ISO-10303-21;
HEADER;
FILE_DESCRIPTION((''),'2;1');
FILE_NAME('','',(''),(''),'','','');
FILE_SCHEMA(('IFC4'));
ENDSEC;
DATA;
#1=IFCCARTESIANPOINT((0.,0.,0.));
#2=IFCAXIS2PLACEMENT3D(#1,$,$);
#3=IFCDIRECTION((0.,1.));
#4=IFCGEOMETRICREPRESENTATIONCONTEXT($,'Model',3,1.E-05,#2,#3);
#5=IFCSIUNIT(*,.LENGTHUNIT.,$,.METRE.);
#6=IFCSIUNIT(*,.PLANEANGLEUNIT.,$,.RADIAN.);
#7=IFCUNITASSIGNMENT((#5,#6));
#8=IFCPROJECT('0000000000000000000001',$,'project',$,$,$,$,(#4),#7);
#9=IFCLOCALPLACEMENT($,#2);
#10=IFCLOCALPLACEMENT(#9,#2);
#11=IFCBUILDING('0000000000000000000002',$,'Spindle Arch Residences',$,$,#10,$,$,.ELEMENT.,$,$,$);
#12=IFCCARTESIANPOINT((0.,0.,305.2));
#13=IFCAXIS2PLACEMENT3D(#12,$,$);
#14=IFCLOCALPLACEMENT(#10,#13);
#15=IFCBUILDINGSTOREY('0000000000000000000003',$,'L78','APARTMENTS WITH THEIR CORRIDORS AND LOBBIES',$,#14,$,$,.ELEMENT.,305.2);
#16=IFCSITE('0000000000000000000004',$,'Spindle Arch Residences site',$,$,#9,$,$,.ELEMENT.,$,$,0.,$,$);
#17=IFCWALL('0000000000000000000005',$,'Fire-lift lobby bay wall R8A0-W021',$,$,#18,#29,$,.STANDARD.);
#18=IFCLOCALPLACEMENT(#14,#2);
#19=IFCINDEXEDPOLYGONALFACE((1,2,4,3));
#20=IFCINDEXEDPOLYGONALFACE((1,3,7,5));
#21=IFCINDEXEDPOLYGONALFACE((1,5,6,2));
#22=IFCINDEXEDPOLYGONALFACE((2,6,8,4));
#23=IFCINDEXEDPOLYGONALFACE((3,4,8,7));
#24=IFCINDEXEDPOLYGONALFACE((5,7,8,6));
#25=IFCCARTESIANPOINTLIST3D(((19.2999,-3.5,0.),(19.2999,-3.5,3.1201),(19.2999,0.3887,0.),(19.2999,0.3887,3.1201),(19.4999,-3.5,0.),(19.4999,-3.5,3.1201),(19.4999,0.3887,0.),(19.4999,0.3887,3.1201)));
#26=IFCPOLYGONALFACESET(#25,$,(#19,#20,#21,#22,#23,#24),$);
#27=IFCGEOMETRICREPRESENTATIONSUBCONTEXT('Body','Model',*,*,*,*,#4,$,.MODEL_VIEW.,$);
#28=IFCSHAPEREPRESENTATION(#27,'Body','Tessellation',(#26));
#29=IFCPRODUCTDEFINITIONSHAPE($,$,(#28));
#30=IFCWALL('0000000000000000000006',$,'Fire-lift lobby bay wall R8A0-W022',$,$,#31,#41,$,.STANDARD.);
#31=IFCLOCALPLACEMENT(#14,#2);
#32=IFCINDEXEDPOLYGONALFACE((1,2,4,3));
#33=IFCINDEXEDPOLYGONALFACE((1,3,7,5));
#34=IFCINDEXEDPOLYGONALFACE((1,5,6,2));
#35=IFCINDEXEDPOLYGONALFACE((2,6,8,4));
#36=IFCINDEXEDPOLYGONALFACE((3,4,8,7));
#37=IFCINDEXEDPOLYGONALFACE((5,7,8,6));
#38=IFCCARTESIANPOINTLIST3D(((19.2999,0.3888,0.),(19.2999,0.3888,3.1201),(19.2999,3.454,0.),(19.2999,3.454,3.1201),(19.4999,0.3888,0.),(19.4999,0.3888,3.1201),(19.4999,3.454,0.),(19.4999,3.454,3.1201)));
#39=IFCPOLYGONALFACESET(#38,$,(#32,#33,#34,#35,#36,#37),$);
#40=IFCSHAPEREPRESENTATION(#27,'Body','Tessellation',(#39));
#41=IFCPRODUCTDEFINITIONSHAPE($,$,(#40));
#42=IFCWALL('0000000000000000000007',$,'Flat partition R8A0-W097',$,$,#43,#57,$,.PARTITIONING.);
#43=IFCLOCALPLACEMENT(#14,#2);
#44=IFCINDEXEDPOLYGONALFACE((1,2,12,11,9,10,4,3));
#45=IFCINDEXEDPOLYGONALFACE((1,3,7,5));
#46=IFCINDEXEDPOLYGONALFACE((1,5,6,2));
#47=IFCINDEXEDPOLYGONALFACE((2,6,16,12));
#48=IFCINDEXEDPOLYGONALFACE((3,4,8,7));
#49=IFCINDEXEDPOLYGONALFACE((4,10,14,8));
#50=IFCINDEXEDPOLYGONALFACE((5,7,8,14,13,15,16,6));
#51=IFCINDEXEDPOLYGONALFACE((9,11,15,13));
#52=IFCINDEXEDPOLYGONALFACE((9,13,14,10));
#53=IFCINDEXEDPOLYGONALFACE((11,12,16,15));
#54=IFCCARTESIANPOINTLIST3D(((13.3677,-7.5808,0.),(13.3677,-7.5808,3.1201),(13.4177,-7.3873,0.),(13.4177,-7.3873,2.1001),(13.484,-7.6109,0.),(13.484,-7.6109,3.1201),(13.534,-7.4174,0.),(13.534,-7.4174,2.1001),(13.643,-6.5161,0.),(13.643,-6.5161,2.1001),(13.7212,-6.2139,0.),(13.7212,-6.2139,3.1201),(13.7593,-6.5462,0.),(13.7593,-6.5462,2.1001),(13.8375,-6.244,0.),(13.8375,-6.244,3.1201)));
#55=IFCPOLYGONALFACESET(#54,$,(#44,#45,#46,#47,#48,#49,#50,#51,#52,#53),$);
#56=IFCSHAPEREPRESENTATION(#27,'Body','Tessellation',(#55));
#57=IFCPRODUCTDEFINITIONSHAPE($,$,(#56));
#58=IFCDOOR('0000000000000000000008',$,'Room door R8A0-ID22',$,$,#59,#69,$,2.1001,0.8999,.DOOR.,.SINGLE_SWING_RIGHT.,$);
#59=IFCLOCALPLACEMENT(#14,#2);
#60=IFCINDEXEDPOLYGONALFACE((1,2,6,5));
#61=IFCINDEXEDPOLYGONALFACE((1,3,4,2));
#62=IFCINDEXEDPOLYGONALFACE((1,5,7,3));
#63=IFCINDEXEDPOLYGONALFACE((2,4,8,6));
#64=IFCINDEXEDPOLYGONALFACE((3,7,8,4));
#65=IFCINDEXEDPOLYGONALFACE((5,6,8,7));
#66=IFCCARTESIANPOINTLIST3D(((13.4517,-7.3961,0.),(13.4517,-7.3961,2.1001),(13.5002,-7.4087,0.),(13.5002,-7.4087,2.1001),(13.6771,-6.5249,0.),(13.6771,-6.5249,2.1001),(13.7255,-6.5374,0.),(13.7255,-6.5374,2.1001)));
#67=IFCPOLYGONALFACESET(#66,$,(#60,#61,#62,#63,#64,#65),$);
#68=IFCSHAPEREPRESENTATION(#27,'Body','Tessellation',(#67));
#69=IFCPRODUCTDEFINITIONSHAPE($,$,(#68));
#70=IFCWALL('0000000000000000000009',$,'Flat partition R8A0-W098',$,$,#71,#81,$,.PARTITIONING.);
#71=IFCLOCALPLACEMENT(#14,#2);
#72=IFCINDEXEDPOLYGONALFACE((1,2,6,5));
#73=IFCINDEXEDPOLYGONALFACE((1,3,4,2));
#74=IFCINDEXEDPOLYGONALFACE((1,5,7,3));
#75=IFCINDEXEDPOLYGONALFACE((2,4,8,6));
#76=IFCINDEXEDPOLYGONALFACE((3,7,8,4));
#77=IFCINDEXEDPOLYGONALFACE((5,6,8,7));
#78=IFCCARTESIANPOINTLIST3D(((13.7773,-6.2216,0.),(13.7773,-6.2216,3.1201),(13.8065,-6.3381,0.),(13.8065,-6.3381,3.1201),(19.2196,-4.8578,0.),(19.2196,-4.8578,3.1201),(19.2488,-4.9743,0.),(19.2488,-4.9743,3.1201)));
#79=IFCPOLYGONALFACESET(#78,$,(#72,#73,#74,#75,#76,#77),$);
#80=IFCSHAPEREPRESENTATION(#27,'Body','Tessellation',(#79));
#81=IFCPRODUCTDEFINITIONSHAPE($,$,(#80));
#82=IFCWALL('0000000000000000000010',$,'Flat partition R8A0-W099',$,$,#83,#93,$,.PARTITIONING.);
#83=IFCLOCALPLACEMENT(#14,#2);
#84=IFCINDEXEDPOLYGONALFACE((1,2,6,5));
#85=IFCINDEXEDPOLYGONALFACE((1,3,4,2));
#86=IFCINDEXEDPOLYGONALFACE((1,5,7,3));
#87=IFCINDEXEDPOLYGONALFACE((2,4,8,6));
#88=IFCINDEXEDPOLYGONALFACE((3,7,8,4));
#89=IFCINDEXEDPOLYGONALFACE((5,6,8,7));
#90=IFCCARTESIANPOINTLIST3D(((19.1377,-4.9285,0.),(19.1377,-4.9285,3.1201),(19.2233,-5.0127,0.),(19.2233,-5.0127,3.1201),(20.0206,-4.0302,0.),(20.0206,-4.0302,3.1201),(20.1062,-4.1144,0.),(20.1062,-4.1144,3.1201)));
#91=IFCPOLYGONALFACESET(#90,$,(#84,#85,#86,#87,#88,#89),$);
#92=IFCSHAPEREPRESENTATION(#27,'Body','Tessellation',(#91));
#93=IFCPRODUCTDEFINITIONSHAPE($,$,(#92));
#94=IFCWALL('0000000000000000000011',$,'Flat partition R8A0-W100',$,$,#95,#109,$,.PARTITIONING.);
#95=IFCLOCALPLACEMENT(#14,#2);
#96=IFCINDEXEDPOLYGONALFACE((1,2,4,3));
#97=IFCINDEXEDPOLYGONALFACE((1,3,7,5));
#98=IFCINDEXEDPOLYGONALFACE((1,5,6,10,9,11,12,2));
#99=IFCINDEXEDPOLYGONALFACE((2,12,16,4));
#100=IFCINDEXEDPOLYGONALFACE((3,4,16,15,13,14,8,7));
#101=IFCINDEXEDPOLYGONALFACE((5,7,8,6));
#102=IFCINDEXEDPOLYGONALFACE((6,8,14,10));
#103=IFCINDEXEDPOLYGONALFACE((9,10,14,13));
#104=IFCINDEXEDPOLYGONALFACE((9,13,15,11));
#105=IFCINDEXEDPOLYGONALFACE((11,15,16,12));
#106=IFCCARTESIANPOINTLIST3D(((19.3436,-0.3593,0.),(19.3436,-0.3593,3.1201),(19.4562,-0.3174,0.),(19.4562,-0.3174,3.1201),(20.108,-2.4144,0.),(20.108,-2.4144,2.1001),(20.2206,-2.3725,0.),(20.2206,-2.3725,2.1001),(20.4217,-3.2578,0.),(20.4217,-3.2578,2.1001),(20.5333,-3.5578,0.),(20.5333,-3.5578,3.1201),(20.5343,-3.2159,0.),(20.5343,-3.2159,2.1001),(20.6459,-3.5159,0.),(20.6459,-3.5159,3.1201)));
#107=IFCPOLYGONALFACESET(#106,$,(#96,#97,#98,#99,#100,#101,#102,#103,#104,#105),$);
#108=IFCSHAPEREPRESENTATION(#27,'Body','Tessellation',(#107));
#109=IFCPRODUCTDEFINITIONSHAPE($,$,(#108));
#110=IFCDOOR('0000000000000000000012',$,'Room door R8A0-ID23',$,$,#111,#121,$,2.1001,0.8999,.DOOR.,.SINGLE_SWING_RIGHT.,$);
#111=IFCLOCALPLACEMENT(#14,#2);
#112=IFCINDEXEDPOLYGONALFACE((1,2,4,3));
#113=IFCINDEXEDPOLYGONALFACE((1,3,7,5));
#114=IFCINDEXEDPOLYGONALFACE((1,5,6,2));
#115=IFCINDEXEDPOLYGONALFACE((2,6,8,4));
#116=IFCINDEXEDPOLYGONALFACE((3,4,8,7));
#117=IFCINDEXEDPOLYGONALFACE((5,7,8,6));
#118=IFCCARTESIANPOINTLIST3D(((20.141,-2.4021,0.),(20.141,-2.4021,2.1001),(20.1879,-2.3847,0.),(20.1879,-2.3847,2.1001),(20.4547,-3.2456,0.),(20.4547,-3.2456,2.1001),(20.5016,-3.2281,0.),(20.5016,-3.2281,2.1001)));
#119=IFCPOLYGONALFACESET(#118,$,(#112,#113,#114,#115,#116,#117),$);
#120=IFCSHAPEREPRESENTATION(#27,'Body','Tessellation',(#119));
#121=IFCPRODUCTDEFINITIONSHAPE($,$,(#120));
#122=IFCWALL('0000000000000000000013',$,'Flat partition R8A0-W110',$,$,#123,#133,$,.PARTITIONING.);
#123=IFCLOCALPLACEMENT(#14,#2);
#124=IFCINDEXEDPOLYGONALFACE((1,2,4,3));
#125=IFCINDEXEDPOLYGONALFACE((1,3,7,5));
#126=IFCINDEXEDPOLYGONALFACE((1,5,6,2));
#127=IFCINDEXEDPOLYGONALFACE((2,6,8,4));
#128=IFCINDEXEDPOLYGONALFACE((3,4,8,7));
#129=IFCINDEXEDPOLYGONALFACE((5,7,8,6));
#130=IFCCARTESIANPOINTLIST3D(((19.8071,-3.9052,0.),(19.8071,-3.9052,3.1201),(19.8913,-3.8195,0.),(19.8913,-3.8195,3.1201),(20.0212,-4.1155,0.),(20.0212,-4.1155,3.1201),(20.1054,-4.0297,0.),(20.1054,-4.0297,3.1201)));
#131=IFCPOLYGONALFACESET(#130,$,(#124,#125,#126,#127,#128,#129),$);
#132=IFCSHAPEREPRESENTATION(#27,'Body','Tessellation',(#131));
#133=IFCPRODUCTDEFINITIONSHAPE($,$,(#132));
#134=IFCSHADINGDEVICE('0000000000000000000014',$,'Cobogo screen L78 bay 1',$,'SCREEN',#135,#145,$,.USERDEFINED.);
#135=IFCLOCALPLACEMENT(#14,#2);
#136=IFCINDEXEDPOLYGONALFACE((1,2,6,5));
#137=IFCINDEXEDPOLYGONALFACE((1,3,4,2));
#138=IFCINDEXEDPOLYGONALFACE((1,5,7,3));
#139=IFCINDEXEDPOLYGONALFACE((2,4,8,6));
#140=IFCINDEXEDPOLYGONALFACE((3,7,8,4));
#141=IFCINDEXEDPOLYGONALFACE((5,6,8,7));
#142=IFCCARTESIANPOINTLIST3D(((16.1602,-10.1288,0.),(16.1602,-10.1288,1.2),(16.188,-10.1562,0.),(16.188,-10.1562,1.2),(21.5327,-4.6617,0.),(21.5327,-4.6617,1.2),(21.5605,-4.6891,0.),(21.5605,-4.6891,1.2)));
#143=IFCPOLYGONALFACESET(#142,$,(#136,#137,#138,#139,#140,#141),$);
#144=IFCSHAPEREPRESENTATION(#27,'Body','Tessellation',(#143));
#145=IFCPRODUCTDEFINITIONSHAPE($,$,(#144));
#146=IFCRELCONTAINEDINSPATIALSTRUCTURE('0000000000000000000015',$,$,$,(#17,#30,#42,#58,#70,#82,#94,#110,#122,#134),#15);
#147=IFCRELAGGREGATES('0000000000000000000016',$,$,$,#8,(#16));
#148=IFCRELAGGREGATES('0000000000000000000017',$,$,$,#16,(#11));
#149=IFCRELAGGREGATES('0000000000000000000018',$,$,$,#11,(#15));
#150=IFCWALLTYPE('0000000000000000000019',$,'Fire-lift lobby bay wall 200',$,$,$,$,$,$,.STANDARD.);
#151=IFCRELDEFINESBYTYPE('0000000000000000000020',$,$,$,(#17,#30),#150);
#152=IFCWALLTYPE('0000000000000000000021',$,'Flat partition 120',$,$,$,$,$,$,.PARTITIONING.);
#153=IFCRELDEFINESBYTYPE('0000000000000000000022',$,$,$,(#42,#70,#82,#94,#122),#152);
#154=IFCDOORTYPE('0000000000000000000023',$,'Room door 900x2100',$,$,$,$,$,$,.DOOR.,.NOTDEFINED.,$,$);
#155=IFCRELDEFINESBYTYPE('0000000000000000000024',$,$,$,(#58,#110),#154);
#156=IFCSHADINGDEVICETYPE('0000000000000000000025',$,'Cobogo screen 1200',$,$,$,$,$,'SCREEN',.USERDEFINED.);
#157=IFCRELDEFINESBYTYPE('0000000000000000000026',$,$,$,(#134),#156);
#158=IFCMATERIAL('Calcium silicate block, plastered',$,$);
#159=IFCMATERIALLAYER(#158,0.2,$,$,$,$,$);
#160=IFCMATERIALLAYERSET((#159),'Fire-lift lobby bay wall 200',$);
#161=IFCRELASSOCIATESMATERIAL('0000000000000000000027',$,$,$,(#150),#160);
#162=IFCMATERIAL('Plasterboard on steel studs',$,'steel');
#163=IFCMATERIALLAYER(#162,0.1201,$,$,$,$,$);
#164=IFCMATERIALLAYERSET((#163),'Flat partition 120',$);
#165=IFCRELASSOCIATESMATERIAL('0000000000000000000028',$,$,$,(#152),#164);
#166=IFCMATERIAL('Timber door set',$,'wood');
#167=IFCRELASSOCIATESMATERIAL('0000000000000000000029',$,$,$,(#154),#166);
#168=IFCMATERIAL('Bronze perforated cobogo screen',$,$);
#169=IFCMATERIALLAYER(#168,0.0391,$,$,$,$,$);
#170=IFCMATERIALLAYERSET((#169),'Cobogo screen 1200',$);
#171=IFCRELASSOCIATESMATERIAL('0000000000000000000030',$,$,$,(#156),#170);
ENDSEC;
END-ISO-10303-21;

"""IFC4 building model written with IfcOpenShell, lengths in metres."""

from ifc_helpers import new_model, si_unit, direction, frame, frame_2d, origin, origin_2d, place, context, subcontext, project, spatial, rectangle, extrude, material, layer, layer_set, type_object, element, fill, save


model = new_model("IFC4")

# Units and contexts
model_context = context("Model", 3, precision=1e-05, world=origin(), true_north=direction((0.0, 1.0)))
body_context = subcontext(model_context, "Body", "Model", "MODEL_VIEW")
ifc_project = project(units=[si_unit("LENGTHUNIT", "METRE"), si_unit("PLANEANGLEUNIT", "RADIAN")], contexts=[model_context])

# Site, building, storey
site_placement = place(None, origin())
site = spatial("IfcSite", under=ifc_project, at=site_placement, Name="Spindle Arch Residences site", CompositionType="ELEMENT", RefElevation=0.0)
building_placement = place(site_placement, origin())
building = spatial("IfcBuilding", under=site, at=building_placement, Name="Spindle Arch Residences", CompositionType="ELEMENT")
storey_placement = place(building_placement, frame((0.0, 0.0, 305.2)))
storey = spatial("IfcBuildingStorey", under=building, at=storey_placement, Name="L78", Description="APARTMENTS WITH THEIR CORRIDORS AND LOBBIES", CompositionType="ELEMENT", Elevation=305.2)

# Shared definitions
ifc_material_1 = material(Name="Calcium silicate block, plastered")
ifc_layer_1 = layer(ifc_material_1, 0.2)
ifc_layer_set_1 = layer_set([ifc_layer_1], Name="Fire-lift lobby bay wall 200")
wall_type_1 = type_object("IfcWallType", Name="Fire-lift lobby bay wall 200", PredefinedType="STANDARD", material=ifc_layer_set_1)

# Walls
wall_1_placement = place(storey_placement, frame((19.3999, -3.5, 0.0), z_axis=(0.0, 0.0, 1.0), x_axis=(0.0, 1.0, 0.0)))
element("IfcWall", 1, at=wall_1_placement, inside=storey, type_object=wall_type_1, Name="Fire-lift lobby bay wall R8A0-W021", PredefinedType="STANDARD", context=body_context, shape_type="SweptSolid", body=[
    extrude(rectangle(XDim=3.8887, YDim=0.2, at=frame_2d((1.9443, 0.0))), origin(), (0.0, 0.0, 1.0), 3.1201),
])
wall_2_placement = place(storey_placement, frame((19.3999, 0.3887, 0.0), z_axis=(0.0, 0.0, 1.0), x_axis=(0.0, 1.0, 0.0)))
element("IfcWall", 2, at=wall_2_placement, inside=storey, type_object=wall_type_1, Name="Fire-lift lobby bay wall R8A0-W022", PredefinedType="STANDARD", context=body_context, shape_type="SweptSolid", body=[
    extrude(rectangle(XDim=3.0652, YDim=0.2, at=frame_2d((1.5327, 0.0))), origin(), (0.0, 0.0, 1.0), 3.1201),
])

# Wall, opening, door
ifc_material_2 = material(Name="Plasterboard on steel studs", Category="steel")
ifc_layer_2 = layer(ifc_material_2, 0.1201)
ifc_layer_set_2 = layer_set([ifc_layer_2], Name="Flat partition 120")
wall_type_2 = type_object("IfcWallType", Name="Flat partition 120", PredefinedType="PARTITIONING", material=ifc_layer_set_2)
wall_3_placement = place(storey_placement, frame((13.4258, -7.5959, 0.0), z_axis=(0.0, 0.0, 1.0), x_axis=(0.25038, 0.968148, 0.0)))
wall_3 = element("IfcWall", 3, at=wall_3_placement, inside=storey, type_object=wall_type_2, Name="Flat partition R8A0-W097", PredefinedType="PARTITIONING", context=body_context, shape_type="SweptSolid", body=[
    extrude(rectangle(XDim=1.4119, YDim=0.1201, at=frame_2d((0.7061, 0.0))), origin(), (0.0, 0.0, 1.0), 3.1201),
])
opening_1_placement = place(wall_3_placement, frame((0.2, 0.0, 0.0)))
opening_1 = element("IfcOpeningElement", 4, at=opening_1_placement, cuts=wall_3, PredefinedType="OPENING", context=body_context, shape_type="SweptSolid", body=[
    extrude(rectangle(XDim=0.8999, YDim=2.1001, at=frame_2d((0.45, 1.05))), frame((0.0, 0.0701, 0.0), z_axis=(0.0, -1.0, 0.0), x_axis=(1.0, 0.0, 0.0)), (0.0, 0.0, 1.0), 0.1401),
])
ifc_material_3 = material(Name="Timber door set", Category="wood")
door_type_1 = type_object("IfcDoorType", Name="Room door 900x2100", OperationType="NOTDEFINED", PredefinedType="DOOR", material=ifc_material_3)
door_1_placement = place(opening_1_placement, origin())
door_1 = element("IfcDoor", 5, at=door_1_placement, inside=storey, type_object=door_type_1, Name="Room door R8A0-ID22", OperationType="SINGLE_SWING_RIGHT", OverallHeight=2.1001, OverallWidth=0.8999, PredefinedType="DOOR", context=body_context, shape_type="SweptSolid", body=[
    extrude(rectangle(XDim=0.8999, YDim=2.1001, at=frame_2d((0.45, 1.05))), frame((0.0, 0.0249, 0.0), z_axis=(0.0, -1.0, 0.0), x_axis=(1.0, 0.0, 0.0)), (0.0, 0.0, 1.0), 0.05),
])
fill(opening_1, door_1)

# Walls
wall_4_placement = place(storey_placement, frame((13.792, -6.2798, 0.0), z_axis=(0.0, 0.0, 1.0), x_axis=(0.970009, 0.243068, 0.0)))
element("IfcWall", 6, at=wall_4_placement, inside=storey, type_object=wall_type_2, Name="Flat partition R8A0-W098", PredefinedType="PARTITIONING", context=body_context, shape_type="SweptSolid", body=[
    extrude(rectangle(XDim=5.6106, YDim=0.1201, at=frame_2d((2.8052, 0.0))), origin(), (0.0, 0.0, 1.0), 3.1201),
])
wall_5_placement = place(storey_placement, frame((19.1804, -4.9707, 0.0), z_axis=(0.0, 0.0, 1.0), x_axis=(0.700974, 0.713187, 0.0)))
element("IfcWall", 7, at=wall_5_placement, inside=storey, type_object=wall_type_2, Name="Flat partition R8A0-W099", PredefinedType="PARTITIONING", context=body_context, shape_type="SweptSolid", body=[
    extrude(rectangle(XDim=1.2595, YDim=0.1201, at=frame_2d((0.6299, 0.0))), origin(), (0.0, 0.0, 1.0), 3.1201),
])

# Wall, opening, door
wall_6_placement = place(storey_placement, frame((20.5896, -3.5369, 0.0), z_axis=(0.0, 0.0, 1.0), x_axis=(-0.348621, 0.937264, 0.0)))
wall_6 = element("IfcWall", 8, at=wall_6_placement, inside=storey, type_object=wall_type_2, Name="Flat partition R8A0-W100", PredefinedType="PARTITIONING", context=body_context, shape_type="SweptSolid", body=[
    extrude(rectangle(XDim=3.4126, YDim=0.1201, at=frame_2d((1.7063, 0.0))), origin(), (0.0, 0.0, 1.0), 3.1201),
])
opening_2_placement = place(wall_6_placement, frame((0.3201, 0.0, 0.0)))
opening_2 = element("IfcOpeningElement", 9, at=opening_2_placement, cuts=wall_6, PredefinedType="OPENING", context=body_context, shape_type="SweptSolid", body=[
    extrude(rectangle(XDim=0.8999, YDim=2.1001, at=frame_2d((0.45, 1.05))), frame((0.0, 0.0701, 0.0), z_axis=(0.0, -1.0, 0.0), x_axis=(1.0, 0.0, 0.0)), (0.0, 0.0, 1.0), 0.1401),
])
door_2_placement = place(opening_2_placement, origin())
door_2 = element("IfcDoor", 10, at=door_2_placement, inside=storey, type_object=door_type_1, Name="Room door R8A0-ID23", OperationType="SINGLE_SWING_RIGHT", OverallHeight=2.1001, OverallWidth=0.8999, PredefinedType="DOOR", context=body_context, shape_type="SweptSolid", body=[
    extrude(rectangle(XDim=0.8999, YDim=2.1001, at=frame_2d((0.45, 1.05))), frame((0.0, 0.0249, 0.0), z_axis=(0.0, -1.0, 0.0), x_axis=(1.0, 0.0, 0.0)), (0.0, 0.0, 1.0), 0.05),
])
fill(opening_2, door_2)

# Wall
wall_7_placement = place(storey_placement, frame((20.0632, -4.0725, 0.0), z_axis=(0.0, 0.0, 1.0), x_axis=(-0.713586, 0.700567, 0.0)))
element("IfcWall", 11, at=wall_7_placement, inside=storey, type_object=wall_type_2, Name="Flat partition R8A0-W110", PredefinedType="PARTITIONING", context=body_context, shape_type="SweptSolid", body=[
    extrude(rectangle(XDim=0.3, YDim=0.1201, at=frame_2d((0.1499, 0.0))), origin(), (0.0, 0.0, 1.0), 3.1201),
])

# Shading device
ifc_material_4 = material(Name="Bronze perforated cobogo screen")
ifc_layer_3 = layer(ifc_material_4, 0.0391)
ifc_layer_set_3 = layer_set([ifc_layer_3], Name="Cobogo screen 1200")
shading_device_type = type_object("IfcShadingDeviceType", Name="Cobogo screen 1200", ElementType="SCREEN", PredefinedType="USERDEFINED", material=ifc_layer_set_3)
shading_device_placement = place(storey_placement, frame((18.8604, -7.4089, 0.0), z_axis=(0.0, 0.0, 1.0), x_axis=(0.700909, 0.71325, 0.0)))
element("IfcShadingDevice", 12, at=shading_device_placement, inside=storey, type_object=shading_device_type, Name="Cobogo screen L78 bay 1", ObjectType="SCREEN", PredefinedType="USERDEFINED", context=body_context, shape_type="SweptSolid", body=[
    extrude(rectangle(XDim=7.665, YDim=0.0391, at=origin_2d()), origin(), (0.0, 0.0, 1.0), 1.2),
])

save(model, "model.ifc")
